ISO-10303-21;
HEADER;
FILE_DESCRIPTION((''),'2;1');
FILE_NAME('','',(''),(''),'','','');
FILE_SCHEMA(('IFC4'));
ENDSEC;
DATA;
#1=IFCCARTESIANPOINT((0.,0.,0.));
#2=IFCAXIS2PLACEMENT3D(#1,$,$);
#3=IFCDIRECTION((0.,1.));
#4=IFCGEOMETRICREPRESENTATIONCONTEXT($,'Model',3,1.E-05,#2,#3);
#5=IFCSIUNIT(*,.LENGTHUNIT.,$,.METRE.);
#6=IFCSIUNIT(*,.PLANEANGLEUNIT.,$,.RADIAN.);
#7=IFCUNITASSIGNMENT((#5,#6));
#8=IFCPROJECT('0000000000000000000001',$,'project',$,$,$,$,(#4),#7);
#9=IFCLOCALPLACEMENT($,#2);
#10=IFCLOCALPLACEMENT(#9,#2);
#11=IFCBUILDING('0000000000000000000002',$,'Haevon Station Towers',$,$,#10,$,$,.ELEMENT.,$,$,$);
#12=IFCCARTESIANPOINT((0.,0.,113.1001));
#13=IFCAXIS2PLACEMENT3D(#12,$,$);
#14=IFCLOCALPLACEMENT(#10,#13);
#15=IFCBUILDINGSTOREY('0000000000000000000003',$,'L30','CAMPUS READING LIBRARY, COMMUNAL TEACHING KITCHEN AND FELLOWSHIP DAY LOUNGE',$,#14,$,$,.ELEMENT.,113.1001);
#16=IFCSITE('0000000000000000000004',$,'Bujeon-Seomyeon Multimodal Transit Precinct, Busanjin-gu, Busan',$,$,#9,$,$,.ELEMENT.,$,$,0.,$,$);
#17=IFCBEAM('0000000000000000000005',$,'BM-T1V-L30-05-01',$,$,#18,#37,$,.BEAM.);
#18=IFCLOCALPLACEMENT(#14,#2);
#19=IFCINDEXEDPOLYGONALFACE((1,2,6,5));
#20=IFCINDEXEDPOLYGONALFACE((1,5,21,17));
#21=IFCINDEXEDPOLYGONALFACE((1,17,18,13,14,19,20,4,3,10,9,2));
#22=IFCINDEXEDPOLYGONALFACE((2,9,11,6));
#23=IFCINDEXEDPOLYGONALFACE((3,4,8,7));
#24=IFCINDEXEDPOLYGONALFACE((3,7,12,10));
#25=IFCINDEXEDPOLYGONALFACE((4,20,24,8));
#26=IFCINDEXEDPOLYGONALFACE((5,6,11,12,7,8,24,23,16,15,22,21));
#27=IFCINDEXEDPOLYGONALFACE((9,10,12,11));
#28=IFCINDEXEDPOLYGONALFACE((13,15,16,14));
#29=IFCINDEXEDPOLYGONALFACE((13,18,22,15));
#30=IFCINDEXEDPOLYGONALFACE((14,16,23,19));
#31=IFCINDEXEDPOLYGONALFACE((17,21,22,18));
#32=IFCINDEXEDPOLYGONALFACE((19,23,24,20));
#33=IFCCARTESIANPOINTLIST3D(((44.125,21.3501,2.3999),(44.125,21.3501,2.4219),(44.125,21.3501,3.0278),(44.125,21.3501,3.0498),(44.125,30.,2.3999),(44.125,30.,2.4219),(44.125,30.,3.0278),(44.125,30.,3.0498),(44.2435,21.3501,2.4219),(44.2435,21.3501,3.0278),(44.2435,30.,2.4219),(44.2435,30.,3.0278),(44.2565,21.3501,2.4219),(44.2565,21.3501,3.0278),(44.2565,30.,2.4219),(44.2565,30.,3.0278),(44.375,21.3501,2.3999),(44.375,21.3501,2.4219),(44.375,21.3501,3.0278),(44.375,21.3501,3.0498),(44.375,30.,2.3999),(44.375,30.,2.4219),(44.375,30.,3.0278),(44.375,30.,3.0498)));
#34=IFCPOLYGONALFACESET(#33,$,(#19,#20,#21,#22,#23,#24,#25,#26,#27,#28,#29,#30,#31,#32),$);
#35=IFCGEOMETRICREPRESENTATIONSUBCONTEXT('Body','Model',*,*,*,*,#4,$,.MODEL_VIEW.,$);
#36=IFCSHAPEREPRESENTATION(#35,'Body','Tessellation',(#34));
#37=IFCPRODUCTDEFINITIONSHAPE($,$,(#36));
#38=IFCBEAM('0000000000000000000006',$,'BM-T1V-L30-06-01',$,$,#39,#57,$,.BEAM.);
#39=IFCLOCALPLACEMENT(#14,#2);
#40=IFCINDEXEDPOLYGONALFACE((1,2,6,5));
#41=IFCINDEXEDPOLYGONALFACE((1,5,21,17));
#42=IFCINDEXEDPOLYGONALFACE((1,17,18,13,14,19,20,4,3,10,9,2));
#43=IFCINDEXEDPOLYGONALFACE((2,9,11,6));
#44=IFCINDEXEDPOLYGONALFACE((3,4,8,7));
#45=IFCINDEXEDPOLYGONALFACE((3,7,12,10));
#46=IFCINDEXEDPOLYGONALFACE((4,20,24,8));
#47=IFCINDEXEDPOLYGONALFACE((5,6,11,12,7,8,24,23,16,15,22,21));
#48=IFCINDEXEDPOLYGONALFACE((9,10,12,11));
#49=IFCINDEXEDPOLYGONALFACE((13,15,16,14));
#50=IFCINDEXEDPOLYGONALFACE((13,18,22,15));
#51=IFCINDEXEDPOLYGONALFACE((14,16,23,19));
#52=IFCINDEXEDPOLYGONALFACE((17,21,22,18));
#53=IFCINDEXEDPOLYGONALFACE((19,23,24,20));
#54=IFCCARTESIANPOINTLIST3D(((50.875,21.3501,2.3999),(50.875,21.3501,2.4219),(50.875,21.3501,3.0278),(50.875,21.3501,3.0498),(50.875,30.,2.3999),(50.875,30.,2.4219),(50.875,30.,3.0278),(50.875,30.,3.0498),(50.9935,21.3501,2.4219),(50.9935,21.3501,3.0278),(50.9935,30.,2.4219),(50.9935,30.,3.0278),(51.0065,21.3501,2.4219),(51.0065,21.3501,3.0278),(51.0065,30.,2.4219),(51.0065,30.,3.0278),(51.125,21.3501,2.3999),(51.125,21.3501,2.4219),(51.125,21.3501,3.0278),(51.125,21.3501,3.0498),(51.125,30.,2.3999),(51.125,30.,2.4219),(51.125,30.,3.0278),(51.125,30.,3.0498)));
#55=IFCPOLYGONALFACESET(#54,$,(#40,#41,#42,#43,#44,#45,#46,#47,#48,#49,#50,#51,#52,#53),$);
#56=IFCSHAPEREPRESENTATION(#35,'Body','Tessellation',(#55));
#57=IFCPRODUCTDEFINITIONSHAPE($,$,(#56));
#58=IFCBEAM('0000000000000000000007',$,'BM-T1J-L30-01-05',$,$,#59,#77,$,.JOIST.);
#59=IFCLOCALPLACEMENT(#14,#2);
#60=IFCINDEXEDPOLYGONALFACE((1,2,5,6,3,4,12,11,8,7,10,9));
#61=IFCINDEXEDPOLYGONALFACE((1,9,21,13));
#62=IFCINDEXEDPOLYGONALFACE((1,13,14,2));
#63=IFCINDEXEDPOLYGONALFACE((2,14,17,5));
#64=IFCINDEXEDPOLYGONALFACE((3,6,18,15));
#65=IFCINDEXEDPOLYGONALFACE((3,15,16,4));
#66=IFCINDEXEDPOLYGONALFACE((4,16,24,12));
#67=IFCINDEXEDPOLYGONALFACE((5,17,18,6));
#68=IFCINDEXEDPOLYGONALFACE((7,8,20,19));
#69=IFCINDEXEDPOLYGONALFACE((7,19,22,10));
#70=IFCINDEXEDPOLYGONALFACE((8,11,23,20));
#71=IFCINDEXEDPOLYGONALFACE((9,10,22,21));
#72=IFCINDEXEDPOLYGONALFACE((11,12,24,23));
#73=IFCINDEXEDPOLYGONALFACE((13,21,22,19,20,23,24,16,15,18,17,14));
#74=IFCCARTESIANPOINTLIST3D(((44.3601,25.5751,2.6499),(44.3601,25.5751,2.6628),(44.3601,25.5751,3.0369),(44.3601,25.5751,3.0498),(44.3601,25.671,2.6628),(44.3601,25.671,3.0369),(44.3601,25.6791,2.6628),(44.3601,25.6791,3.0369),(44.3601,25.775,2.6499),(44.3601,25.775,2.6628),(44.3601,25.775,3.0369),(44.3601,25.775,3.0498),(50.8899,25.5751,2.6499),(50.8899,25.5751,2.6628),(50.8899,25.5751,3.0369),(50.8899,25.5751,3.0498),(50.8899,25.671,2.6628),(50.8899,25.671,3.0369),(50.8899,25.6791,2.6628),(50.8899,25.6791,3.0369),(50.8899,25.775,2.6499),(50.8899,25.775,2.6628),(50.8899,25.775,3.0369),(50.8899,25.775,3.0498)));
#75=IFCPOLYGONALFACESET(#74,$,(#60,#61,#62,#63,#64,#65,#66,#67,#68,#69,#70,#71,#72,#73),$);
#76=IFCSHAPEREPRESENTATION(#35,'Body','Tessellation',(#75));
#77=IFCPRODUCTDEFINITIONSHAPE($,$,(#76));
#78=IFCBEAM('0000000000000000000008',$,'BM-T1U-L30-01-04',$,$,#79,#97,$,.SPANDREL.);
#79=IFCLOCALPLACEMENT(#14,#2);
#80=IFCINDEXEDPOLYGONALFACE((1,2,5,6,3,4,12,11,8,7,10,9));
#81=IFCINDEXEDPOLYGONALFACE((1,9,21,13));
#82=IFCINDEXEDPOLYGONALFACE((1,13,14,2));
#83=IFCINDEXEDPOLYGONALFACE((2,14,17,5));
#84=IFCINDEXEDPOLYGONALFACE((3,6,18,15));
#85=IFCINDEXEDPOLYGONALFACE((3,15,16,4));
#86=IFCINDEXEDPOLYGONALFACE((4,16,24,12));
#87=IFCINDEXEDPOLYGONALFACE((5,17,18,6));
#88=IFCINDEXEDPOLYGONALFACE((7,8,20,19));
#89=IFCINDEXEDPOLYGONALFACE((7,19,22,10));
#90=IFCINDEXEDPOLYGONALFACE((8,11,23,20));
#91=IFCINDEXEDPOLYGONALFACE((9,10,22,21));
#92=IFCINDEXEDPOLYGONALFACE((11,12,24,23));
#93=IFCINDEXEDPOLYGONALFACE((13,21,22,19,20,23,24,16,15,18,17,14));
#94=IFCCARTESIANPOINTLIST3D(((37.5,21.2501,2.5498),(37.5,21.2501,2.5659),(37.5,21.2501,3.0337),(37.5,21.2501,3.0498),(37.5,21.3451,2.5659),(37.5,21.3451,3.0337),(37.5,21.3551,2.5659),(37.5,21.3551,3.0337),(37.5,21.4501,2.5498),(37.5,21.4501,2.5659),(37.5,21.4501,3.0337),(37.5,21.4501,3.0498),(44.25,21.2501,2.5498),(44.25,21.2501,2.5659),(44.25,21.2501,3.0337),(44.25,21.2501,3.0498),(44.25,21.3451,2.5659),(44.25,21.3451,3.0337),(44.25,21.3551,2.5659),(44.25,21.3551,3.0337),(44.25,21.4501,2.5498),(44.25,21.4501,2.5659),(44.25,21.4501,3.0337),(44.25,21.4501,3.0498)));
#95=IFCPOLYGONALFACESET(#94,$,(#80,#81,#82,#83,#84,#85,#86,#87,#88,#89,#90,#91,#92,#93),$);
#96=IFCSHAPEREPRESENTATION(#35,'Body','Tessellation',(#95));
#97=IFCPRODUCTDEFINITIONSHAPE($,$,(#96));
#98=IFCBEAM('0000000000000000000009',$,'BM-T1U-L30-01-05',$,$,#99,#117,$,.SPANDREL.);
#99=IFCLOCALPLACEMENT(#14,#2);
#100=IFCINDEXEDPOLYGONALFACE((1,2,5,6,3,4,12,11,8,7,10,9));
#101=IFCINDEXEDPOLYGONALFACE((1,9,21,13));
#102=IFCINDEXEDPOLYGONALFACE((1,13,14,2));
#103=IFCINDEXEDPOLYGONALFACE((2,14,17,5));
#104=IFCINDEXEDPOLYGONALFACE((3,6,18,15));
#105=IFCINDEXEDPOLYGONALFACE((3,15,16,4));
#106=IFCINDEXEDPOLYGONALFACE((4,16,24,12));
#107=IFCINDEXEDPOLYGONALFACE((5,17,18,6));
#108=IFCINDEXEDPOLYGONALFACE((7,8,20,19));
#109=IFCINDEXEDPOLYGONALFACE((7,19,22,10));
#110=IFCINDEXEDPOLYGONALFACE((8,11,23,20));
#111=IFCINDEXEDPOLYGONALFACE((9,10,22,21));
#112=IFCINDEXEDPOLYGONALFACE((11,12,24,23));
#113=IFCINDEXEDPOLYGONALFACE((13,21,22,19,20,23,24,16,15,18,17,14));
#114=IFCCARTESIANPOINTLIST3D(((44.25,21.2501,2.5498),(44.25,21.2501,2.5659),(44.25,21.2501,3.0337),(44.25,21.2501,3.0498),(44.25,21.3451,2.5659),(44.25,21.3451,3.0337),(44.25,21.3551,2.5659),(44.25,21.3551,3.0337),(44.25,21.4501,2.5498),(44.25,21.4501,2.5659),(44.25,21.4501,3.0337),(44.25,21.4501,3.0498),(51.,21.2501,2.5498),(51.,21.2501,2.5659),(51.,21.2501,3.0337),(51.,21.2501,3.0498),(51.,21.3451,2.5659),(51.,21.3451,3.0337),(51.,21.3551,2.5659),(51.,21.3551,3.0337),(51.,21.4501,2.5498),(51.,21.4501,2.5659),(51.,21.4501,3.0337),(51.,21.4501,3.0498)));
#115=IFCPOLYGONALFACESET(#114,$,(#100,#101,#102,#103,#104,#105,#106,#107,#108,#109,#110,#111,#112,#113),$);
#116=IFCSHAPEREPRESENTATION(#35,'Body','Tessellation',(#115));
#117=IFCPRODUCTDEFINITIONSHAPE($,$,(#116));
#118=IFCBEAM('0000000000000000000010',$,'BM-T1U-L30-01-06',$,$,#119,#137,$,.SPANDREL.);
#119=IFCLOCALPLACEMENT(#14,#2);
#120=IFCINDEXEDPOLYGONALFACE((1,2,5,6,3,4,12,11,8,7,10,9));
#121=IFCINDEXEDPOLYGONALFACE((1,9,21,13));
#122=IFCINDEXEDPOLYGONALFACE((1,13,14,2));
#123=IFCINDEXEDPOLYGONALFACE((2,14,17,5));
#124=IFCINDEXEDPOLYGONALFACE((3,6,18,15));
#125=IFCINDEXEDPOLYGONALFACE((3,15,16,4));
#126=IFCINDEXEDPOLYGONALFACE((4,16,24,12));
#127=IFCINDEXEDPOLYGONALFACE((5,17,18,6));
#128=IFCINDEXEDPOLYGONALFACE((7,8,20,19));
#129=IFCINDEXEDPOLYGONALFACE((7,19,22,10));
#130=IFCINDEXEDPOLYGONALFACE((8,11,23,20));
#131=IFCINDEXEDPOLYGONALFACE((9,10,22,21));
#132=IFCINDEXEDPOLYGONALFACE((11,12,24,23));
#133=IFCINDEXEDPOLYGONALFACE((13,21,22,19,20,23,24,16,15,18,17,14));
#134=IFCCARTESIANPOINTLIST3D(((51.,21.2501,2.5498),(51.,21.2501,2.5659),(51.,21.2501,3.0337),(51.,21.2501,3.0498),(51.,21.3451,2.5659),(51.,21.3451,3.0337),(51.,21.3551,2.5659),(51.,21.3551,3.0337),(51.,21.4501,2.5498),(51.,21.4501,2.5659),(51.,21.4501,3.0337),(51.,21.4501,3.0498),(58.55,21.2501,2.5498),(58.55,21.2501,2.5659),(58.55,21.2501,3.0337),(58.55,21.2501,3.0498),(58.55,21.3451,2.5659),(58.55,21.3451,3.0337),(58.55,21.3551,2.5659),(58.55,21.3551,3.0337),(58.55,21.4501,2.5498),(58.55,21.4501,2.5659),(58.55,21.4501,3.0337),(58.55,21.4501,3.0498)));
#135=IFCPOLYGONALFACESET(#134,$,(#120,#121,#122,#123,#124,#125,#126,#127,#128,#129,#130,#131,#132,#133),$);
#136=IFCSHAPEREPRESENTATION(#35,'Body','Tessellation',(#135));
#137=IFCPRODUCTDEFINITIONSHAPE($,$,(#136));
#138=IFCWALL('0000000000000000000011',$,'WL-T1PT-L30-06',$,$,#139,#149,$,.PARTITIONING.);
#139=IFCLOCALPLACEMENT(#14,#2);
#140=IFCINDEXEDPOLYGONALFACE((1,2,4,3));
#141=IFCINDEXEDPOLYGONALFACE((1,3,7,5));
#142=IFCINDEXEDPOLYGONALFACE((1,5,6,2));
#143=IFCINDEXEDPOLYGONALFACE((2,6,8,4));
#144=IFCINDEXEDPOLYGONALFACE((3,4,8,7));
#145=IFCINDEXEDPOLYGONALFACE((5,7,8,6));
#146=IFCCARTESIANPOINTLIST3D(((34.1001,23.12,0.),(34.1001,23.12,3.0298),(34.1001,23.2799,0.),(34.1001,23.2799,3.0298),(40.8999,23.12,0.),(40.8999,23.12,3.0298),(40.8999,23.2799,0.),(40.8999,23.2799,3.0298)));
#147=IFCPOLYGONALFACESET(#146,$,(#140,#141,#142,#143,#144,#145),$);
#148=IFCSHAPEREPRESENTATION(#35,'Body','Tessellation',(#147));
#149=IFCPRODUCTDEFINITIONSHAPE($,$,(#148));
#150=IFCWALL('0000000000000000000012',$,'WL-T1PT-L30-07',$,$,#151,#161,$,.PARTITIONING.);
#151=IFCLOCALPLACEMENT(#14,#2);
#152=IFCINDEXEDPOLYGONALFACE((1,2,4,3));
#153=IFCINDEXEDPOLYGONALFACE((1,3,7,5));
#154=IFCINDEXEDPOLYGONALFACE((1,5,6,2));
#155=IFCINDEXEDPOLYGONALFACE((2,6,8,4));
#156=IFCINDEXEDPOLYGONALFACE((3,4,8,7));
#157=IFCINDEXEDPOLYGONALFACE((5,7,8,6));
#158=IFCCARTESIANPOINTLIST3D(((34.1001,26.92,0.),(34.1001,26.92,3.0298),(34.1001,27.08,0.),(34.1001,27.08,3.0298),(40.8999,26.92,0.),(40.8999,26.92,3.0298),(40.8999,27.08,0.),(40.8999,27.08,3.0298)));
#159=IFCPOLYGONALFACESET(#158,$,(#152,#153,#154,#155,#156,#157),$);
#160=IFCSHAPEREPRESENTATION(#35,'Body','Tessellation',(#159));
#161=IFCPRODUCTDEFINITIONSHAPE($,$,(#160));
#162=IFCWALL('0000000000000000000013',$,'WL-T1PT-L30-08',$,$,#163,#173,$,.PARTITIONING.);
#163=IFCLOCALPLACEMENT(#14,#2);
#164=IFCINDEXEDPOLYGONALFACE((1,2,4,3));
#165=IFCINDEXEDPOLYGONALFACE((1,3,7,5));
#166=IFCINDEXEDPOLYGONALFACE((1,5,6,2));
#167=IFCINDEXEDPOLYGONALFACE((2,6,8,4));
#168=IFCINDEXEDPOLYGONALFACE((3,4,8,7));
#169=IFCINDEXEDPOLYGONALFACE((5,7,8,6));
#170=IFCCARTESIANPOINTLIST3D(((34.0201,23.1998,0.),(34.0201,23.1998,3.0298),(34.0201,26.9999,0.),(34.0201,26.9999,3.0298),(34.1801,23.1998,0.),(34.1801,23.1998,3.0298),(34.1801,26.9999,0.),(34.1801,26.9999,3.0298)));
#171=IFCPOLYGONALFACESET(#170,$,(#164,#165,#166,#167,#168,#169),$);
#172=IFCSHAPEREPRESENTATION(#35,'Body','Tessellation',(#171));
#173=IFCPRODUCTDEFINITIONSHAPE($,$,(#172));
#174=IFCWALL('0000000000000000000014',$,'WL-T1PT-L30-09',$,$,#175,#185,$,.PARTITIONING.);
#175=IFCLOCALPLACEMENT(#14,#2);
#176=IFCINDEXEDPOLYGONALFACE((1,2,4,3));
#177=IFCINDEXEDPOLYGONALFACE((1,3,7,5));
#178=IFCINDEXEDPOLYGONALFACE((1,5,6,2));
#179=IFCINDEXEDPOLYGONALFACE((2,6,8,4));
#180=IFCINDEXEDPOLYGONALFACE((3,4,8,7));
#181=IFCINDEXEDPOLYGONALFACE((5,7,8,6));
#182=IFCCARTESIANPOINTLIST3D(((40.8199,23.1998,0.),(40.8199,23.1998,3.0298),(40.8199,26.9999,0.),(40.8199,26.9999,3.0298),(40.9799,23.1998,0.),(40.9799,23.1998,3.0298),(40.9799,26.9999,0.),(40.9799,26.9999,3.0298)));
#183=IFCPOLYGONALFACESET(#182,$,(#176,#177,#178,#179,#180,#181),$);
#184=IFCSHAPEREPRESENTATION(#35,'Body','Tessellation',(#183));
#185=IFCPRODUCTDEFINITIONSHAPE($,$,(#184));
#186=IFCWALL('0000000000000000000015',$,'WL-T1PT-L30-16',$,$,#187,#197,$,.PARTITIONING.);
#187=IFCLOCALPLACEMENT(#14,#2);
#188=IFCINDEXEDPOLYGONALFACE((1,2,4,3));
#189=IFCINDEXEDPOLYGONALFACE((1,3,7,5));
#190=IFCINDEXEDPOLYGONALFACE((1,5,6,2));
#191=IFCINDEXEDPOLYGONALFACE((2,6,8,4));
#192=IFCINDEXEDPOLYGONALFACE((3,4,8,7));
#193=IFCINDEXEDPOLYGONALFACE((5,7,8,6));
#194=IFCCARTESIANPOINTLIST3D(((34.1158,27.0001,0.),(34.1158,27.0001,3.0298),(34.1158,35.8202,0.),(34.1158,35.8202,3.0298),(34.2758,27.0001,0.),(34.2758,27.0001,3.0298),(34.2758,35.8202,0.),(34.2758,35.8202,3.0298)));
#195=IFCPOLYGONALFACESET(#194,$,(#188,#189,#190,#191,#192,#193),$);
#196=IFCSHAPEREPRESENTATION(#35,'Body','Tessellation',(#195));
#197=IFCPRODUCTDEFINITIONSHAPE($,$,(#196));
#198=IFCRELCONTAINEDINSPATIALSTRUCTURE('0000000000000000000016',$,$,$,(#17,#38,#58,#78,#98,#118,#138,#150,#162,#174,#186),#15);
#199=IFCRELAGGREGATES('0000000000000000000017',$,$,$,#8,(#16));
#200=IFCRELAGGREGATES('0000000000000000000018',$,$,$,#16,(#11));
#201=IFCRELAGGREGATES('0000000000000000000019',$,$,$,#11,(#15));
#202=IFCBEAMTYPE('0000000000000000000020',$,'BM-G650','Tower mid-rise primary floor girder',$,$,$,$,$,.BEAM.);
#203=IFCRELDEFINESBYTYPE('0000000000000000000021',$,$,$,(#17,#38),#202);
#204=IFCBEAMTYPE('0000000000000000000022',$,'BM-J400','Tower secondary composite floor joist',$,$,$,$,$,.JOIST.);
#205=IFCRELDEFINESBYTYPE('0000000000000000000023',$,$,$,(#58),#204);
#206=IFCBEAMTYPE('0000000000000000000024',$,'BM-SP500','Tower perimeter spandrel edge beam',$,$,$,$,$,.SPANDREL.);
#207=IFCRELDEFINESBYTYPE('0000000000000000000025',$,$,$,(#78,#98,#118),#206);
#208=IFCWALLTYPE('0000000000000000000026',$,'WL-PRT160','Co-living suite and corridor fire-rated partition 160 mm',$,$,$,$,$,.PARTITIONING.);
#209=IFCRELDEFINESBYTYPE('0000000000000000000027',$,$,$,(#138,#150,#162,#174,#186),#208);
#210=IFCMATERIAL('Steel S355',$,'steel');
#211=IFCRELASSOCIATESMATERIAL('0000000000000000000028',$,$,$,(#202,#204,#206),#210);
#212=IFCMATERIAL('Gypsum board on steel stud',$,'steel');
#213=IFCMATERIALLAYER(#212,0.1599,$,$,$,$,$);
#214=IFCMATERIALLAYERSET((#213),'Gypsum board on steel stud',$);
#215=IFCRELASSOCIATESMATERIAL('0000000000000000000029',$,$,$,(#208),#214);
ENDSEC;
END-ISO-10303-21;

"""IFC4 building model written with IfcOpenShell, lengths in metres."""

from ifc_helpers import new_model, si_unit, direction, frame, frame_2d, origin, origin_2d, place, context, subcontext, project, spatial, rectangle, i_section, extrude, material, layer, layer_set, material_profile, profile_set, type_object, element, save


model = new_model("IFC4")

# Units and contexts
model_context = context("Model", 3, precision=1e-05, world=origin(), true_north=direction((0.0, 1.0)))
body_context = subcontext(model_context, "Body", "Model", "MODEL_VIEW")
ifc_project = project(units=[si_unit("LENGTHUNIT", "METRE"), si_unit("PLANEANGLEUNIT", "RADIAN")], contexts=[model_context])

# Site, building, storey
site_placement = place(None, origin())
site = spatial("IfcSite", under=ifc_project, at=site_placement, Name="Bujeon-Seomyeon Multimodal Transit Precinct, Busanjin-gu, Busan", CompositionType="ELEMENT", RefElevation=0.0)
building_placement = place(site_placement, origin())
building = spatial("IfcBuilding", under=site, at=building_placement, Name="Haevon Station Towers", CompositionType="ELEMENT")
storey_placement = place(building_placement, frame((0.0, 0.0, 113.1001)))
storey = spatial("IfcBuildingStorey", under=building, at=storey_placement, Name="L30", Description="CAMPUS READING LIBRARY, COMMUNAL TEACHING KITCHEN AND FELLOWSHIP DAY LOUNGE", CompositionType="ELEMENT", Elevation=113.1001)

# Beams
ifc_material_1 = material(Name="Steel S355", Category="steel")
ifc_material_profile_1 = material_profile(ifc_material_1, i_section(OverallWidth=0.25, OverallDepth=0.6499, WebThickness=0.0129, FlangeThickness=0.022, at=origin_2d()), Name="H-650x250x13x22")
ifc_profile_set_1 = profile_set([ifc_material_profile_1], Name="Steel S355")
beam_type_1 = type_object("IfcBeamType", Name="BM-G650", Description="Tower mid-rise primary floor girder", PredefinedType="BEAM", material=ifc_profile_set_1)
for number, where, z_axis, x_axis, name in (
    (1, (44.25, 21.3501, 2.7249), (0.0, 1.0, 0.0), (-1.0, 0.0, 0.0), "BM-T1V-L30-05-01"),
    (2, (51.0, 21.3501, 2.7249), (0.0, 1.0, 0.0), (-1.0, 0.0, 0.0), "BM-T1V-L30-06-01"),
):
    element("IfcBeam", number, at=place(storey_placement, frame(where, z_axis=z_axis, x_axis=x_axis)), inside=storey, type_object=beam_type_1, Name=name, PredefinedType="BEAM", context=body_context, shape_type="SweptSolid", body=[
        extrude(i_section(OverallWidth=0.25, OverallDepth=0.6499, WebThickness=0.0129, FlangeThickness=0.022, at=origin_2d()), origin(), (0.0, 0.0, 1.0), 8.6499),
    ])
ifc_material_profile_2 = material_profile(ifc_material_1, i_section(OverallWidth=0.2, OverallDepth=0.3999, WebThickness=0.0081, FlangeThickness=0.0129, at=origin_2d()), Name="H-400x200x8x13")
ifc_profile_set_2 = profile_set([ifc_material_profile_2], Name="Steel S355")
beam_type_2 = type_object("IfcBeamType", Name="BM-J400", Description="Tower secondary composite floor joist", PredefinedType="JOIST", material=ifc_profile_set_2)
beam_1_placement = place(storey_placement, frame((44.3601, 25.675, 2.8499), z_axis=(1.0, 0.0, 0.0), x_axis=(0.0, 1.0, 0.0)))
element("IfcBeam", 3, at=beam_1_placement, inside=storey, type_object=beam_type_2, Name="BM-T1J-L30-01-05", PredefinedType="JOIST", context=body_context, shape_type="SweptSolid", body=[
    extrude(i_section(OverallWidth=0.2, OverallDepth=0.3999, WebThickness=0.0081, FlangeThickness=0.0129, at=origin_2d()), origin(), (0.0, 0.0, 1.0), 6.5298),
])
ifc_material_profile_3 = material_profile(ifc_material_1, i_section(OverallWidth=0.2, OverallDepth=0.5, WebThickness=0.01, FlangeThickness=0.0161, at=origin_2d()), Name="H-500x200x10x16")
ifc_profile_set_3 = profile_set([ifc_material_profile_3], Name="Steel S355")
beam_type_3 = type_object("IfcBeamType", Name="BM-SP500", Description="Tower perimeter spandrel edge beam", PredefinedType="SPANDREL", material=ifc_profile_set_3)
for number, where, z_axis, x_axis, name in (
    (4, (37.5, 21.3501, 2.7998), (1.0, 0.0, 0.0), (0.0, 1.0, 0.0), "BM-T1U-L30-01-04"),
    (5, (44.25, 21.3501, 2.7998), (1.0, 0.0, 0.0), (0.0, 1.0, 0.0), "BM-T1U-L30-01-05"),
):
    element("IfcBeam", number, at=place(storey_placement, frame(where, z_axis=z_axis, x_axis=x_axis)), inside=storey, type_object=beam_type_3, Name=name, PredefinedType="SPANDREL", context=body_context, shape_type="SweptSolid", body=[
        extrude(i_section(OverallWidth=0.2, OverallDepth=0.5, WebThickness=0.01, FlangeThickness=0.0161, at=origin_2d()), origin(), (0.0, 0.0, 1.0), 6.75),
    ])
beam_2_placement = place(storey_placement, frame((51.0, 21.3501, 2.7998), z_axis=(1.0, 0.0, 0.0), x_axis=(0.0, 1.0, 0.0)))
element("IfcBeam", 6, at=beam_2_placement, inside=storey, type_object=beam_type_3, Name="BM-T1U-L30-01-06", PredefinedType="SPANDREL", context=body_context, shape_type="SweptSolid", body=[
    extrude(i_section(OverallWidth=0.2, OverallDepth=0.5, WebThickness=0.01, FlangeThickness=0.0161, at=origin_2d()), origin(), (0.0, 0.0, 1.0), 7.55),
])

# Walls
ifc_material_2 = material(Name="Gypsum board on steel stud", Category="steel")
ifc_layer_1 = layer(ifc_material_2, 0.1599)
ifc_layer_set_1 = layer_set([ifc_layer_1], Name="Gypsum board on steel stud")
wall_type = type_object("IfcWallType", Name="WL-PRT160", Description="Co-living suite and corridor fire-rated partition 160 mm", PredefinedType="PARTITIONING", material=ifc_layer_set_1)
for number, where, z_axis, x_axis, name in (
    (7, (34.1001, 23.2, 0.0), (0.0, 0.0, 1.0), (1.0, 0.0, 0.0), "WL-T1PT-L30-06"),
    (8, (34.1001, 27.0, 0.0), (0.0, 0.0, 1.0), (1.0, 0.0, 0.0), "WL-T1PT-L30-07"),
):
    element("IfcWall", number, at=place(storey_placement, frame(where, z_axis=z_axis, x_axis=x_axis)), inside=storey, type_object=wall_type, Name=name, PredefinedType="PARTITIONING", context=body_context, shape_type="SweptSolid", body=[
        extrude(rectangle(XDim=6.7998, YDim=0.1599, at=frame_2d((3.3999, 0.0))), origin(), (0.0, 0.0, 1.0), 3.0298),
    ])
for number, where, z_axis, x_axis, name in (
    (9, (34.1001, 23.2, 0.0), (0.0, 0.0, 1.0), (0.0, 1.0, 0.0), "WL-T1PT-L30-08"),
    (10, (40.8999, 23.2, 0.0), (0.0, 0.0, 1.0), (0.0, 1.0, 0.0), "WL-T1PT-L30-09"),
):
    element("IfcWall", number, at=place(storey_placement, frame(where, z_axis=z_axis, x_axis=x_axis)), inside=storey, type_object=wall_type, Name=name, PredefinedType="PARTITIONING", context=body_context, shape_type="SweptSolid", body=[
        extrude(rectangle(XDim=3.8, YDim=0.1599, at=frame_2d((1.8999, 0.0))), origin(), (0.0, 0.0, 1.0), 3.0298),
    ])
for number, where, z_axis, x_axis, name in (
    (11, (34.1958, 27.0, 0.0), (0.0, 0.0, 1.0), (0.0, 1.0, 0.0), "WL-T1PT-L30-16"),
):
    element("IfcWall", number, at=place(storey_placement, frame(where, z_axis=z_axis, x_axis=x_axis)), inside=storey, type_object=wall_type, Name=name, PredefinedType="PARTITIONING", context=body_context, shape_type="SweptSolid", body=[
        extrude(rectangle(XDim=8.8201, YDim=0.1599, at=frame_2d((4.4102, 0.0))), origin(), (0.0, 0.0, 1.0), 3.0298),
    ])

save(model, "model.ifc")
